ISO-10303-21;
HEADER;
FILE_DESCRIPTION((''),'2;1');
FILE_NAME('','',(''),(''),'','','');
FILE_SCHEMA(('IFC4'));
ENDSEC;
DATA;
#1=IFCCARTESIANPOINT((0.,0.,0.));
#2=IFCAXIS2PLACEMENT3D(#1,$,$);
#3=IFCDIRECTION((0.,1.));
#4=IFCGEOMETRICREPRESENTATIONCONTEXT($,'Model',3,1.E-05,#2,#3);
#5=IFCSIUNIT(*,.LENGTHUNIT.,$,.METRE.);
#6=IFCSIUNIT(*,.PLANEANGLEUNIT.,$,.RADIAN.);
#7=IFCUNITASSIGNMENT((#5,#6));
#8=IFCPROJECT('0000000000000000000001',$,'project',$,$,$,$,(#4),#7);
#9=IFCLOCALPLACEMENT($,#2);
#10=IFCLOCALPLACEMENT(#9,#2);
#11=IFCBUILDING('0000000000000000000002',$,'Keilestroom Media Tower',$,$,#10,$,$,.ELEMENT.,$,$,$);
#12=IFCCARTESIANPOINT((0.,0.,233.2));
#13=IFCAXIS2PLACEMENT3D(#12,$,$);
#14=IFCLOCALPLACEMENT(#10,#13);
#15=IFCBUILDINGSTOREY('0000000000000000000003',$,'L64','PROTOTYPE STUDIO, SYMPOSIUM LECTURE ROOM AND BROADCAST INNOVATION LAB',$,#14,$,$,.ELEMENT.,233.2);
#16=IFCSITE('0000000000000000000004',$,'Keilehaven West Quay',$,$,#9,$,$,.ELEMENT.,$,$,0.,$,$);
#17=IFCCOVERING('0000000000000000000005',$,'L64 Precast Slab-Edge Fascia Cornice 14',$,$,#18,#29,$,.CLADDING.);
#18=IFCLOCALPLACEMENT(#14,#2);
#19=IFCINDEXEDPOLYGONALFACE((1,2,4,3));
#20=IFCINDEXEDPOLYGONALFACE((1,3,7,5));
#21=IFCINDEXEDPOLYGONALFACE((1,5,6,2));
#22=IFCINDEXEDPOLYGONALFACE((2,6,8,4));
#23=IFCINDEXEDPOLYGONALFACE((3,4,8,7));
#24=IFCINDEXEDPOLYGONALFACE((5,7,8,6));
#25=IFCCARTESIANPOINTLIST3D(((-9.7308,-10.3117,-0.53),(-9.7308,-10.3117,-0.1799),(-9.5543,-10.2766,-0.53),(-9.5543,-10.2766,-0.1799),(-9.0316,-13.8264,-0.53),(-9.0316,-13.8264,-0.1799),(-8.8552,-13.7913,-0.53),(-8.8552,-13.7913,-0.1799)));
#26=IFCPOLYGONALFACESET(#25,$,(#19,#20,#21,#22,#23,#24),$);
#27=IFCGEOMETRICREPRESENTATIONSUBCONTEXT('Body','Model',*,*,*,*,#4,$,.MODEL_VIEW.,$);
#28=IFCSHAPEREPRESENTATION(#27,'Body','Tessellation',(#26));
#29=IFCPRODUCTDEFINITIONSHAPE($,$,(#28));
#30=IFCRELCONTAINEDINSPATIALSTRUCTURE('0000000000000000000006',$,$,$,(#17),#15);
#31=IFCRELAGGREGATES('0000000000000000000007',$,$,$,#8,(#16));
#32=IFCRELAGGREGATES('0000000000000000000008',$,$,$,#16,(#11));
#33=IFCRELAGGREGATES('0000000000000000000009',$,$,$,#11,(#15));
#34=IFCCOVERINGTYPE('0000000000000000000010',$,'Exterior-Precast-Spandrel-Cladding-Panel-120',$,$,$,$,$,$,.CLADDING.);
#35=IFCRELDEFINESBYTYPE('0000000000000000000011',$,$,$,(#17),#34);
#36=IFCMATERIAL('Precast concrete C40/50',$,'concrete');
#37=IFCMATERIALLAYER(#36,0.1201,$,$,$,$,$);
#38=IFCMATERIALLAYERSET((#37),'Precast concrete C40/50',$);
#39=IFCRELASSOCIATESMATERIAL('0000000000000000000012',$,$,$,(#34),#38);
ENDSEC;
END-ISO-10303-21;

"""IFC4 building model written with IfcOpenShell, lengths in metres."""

from ifc_helpers import new_model, si_unit, direction, frame, origin, origin_2d, place, context, subcontext, project, spatial, rectangle, extrude, source, transform, mapped, material, layer, layer_set, type_object, element, save


model = new_model("IFC4")

# Units and contexts
model_context = context("Model", 3, precision=1e-05, world=origin(), true_north=direction((0.0, 1.0)))
body_context = subcontext(model_context, "Body", "Model", "MODEL_VIEW")
ifc_project = project(units=[si_unit("LENGTHUNIT", "METRE"), si_unit("PLANEANGLEUNIT", "RADIAN")], contexts=[model_context])

# Site, building, storey
site_placement = place(None, origin())
site = spatial("IfcSite", under=ifc_project, at=site_placement, Name="Keilehaven West Quay", CompositionType="ELEMENT", RefElevation=0.0)
building_placement = place(site_placement, origin())
building = spatial("IfcBuilding", under=site, at=building_placement, Name="Keilestroom Media Tower", CompositionType="ELEMENT")
storey_placement = place(building_placement, frame((0.0, 0.0, 233.2)))
storey = spatial("IfcBuildingStorey", under=building, at=storey_placement, Name="L64", Description="PROTOTYPE STUDIO, SYMPOSIUM LECTURE ROOM AND BROADCAST INNOVATION LAB", CompositionType="ELEMENT", Elevation=233.2)

# Shared definitions
ifc_material_1 = material(Name="Precast concrete C40/50", Category="concrete")

# Covering
ifc_layer_1 = layer(ifc_material_1, 0.1201)
ifc_layer_set_1 = layer_set([ifc_layer_1], Name="Precast concrete C40/50")
covering_type = type_object("IfcCoveringType", Name="Exterior-Precast-Spandrel-Cladding-Panel-120", PredefinedType="CLADDING", material=ifc_layer_set_1)
shared_shape_1 = source(origin(), body_context, "Body", "SweptSolid", [
    extrude(rectangle(XDim=3.5835, YDim=0.1799, at=origin_2d()), origin(), (0.0, 0.0, 1.0), 0.3501),
])
covering_1_placement = place(storey_placement, frame((-9.293, -12.0515, -0.53), z_axis=(0.0, 0.0, 1.0), x_axis=(-0.195099, 0.980784, 0.0)))
element("IfcCovering", 1, at=covering_1_placement, inside=storey, type_object=covering_type, Name="L64 Precast Slab-Edge Fascia Cornice 14", PredefinedType="CLADDING", context=body_context, shape_type="MappedRepresentation", body=[
    mapped(shared_shape_1, transform((0.0, 0.0, 0.0), x_axis=(1.0, 0.0, 0.0), y_axis=(0.0, 1.0, 0.0), z_axis=(0.0, 0.0, 1.0), scale=1.0)),
])

save(model, "model.ifc")
